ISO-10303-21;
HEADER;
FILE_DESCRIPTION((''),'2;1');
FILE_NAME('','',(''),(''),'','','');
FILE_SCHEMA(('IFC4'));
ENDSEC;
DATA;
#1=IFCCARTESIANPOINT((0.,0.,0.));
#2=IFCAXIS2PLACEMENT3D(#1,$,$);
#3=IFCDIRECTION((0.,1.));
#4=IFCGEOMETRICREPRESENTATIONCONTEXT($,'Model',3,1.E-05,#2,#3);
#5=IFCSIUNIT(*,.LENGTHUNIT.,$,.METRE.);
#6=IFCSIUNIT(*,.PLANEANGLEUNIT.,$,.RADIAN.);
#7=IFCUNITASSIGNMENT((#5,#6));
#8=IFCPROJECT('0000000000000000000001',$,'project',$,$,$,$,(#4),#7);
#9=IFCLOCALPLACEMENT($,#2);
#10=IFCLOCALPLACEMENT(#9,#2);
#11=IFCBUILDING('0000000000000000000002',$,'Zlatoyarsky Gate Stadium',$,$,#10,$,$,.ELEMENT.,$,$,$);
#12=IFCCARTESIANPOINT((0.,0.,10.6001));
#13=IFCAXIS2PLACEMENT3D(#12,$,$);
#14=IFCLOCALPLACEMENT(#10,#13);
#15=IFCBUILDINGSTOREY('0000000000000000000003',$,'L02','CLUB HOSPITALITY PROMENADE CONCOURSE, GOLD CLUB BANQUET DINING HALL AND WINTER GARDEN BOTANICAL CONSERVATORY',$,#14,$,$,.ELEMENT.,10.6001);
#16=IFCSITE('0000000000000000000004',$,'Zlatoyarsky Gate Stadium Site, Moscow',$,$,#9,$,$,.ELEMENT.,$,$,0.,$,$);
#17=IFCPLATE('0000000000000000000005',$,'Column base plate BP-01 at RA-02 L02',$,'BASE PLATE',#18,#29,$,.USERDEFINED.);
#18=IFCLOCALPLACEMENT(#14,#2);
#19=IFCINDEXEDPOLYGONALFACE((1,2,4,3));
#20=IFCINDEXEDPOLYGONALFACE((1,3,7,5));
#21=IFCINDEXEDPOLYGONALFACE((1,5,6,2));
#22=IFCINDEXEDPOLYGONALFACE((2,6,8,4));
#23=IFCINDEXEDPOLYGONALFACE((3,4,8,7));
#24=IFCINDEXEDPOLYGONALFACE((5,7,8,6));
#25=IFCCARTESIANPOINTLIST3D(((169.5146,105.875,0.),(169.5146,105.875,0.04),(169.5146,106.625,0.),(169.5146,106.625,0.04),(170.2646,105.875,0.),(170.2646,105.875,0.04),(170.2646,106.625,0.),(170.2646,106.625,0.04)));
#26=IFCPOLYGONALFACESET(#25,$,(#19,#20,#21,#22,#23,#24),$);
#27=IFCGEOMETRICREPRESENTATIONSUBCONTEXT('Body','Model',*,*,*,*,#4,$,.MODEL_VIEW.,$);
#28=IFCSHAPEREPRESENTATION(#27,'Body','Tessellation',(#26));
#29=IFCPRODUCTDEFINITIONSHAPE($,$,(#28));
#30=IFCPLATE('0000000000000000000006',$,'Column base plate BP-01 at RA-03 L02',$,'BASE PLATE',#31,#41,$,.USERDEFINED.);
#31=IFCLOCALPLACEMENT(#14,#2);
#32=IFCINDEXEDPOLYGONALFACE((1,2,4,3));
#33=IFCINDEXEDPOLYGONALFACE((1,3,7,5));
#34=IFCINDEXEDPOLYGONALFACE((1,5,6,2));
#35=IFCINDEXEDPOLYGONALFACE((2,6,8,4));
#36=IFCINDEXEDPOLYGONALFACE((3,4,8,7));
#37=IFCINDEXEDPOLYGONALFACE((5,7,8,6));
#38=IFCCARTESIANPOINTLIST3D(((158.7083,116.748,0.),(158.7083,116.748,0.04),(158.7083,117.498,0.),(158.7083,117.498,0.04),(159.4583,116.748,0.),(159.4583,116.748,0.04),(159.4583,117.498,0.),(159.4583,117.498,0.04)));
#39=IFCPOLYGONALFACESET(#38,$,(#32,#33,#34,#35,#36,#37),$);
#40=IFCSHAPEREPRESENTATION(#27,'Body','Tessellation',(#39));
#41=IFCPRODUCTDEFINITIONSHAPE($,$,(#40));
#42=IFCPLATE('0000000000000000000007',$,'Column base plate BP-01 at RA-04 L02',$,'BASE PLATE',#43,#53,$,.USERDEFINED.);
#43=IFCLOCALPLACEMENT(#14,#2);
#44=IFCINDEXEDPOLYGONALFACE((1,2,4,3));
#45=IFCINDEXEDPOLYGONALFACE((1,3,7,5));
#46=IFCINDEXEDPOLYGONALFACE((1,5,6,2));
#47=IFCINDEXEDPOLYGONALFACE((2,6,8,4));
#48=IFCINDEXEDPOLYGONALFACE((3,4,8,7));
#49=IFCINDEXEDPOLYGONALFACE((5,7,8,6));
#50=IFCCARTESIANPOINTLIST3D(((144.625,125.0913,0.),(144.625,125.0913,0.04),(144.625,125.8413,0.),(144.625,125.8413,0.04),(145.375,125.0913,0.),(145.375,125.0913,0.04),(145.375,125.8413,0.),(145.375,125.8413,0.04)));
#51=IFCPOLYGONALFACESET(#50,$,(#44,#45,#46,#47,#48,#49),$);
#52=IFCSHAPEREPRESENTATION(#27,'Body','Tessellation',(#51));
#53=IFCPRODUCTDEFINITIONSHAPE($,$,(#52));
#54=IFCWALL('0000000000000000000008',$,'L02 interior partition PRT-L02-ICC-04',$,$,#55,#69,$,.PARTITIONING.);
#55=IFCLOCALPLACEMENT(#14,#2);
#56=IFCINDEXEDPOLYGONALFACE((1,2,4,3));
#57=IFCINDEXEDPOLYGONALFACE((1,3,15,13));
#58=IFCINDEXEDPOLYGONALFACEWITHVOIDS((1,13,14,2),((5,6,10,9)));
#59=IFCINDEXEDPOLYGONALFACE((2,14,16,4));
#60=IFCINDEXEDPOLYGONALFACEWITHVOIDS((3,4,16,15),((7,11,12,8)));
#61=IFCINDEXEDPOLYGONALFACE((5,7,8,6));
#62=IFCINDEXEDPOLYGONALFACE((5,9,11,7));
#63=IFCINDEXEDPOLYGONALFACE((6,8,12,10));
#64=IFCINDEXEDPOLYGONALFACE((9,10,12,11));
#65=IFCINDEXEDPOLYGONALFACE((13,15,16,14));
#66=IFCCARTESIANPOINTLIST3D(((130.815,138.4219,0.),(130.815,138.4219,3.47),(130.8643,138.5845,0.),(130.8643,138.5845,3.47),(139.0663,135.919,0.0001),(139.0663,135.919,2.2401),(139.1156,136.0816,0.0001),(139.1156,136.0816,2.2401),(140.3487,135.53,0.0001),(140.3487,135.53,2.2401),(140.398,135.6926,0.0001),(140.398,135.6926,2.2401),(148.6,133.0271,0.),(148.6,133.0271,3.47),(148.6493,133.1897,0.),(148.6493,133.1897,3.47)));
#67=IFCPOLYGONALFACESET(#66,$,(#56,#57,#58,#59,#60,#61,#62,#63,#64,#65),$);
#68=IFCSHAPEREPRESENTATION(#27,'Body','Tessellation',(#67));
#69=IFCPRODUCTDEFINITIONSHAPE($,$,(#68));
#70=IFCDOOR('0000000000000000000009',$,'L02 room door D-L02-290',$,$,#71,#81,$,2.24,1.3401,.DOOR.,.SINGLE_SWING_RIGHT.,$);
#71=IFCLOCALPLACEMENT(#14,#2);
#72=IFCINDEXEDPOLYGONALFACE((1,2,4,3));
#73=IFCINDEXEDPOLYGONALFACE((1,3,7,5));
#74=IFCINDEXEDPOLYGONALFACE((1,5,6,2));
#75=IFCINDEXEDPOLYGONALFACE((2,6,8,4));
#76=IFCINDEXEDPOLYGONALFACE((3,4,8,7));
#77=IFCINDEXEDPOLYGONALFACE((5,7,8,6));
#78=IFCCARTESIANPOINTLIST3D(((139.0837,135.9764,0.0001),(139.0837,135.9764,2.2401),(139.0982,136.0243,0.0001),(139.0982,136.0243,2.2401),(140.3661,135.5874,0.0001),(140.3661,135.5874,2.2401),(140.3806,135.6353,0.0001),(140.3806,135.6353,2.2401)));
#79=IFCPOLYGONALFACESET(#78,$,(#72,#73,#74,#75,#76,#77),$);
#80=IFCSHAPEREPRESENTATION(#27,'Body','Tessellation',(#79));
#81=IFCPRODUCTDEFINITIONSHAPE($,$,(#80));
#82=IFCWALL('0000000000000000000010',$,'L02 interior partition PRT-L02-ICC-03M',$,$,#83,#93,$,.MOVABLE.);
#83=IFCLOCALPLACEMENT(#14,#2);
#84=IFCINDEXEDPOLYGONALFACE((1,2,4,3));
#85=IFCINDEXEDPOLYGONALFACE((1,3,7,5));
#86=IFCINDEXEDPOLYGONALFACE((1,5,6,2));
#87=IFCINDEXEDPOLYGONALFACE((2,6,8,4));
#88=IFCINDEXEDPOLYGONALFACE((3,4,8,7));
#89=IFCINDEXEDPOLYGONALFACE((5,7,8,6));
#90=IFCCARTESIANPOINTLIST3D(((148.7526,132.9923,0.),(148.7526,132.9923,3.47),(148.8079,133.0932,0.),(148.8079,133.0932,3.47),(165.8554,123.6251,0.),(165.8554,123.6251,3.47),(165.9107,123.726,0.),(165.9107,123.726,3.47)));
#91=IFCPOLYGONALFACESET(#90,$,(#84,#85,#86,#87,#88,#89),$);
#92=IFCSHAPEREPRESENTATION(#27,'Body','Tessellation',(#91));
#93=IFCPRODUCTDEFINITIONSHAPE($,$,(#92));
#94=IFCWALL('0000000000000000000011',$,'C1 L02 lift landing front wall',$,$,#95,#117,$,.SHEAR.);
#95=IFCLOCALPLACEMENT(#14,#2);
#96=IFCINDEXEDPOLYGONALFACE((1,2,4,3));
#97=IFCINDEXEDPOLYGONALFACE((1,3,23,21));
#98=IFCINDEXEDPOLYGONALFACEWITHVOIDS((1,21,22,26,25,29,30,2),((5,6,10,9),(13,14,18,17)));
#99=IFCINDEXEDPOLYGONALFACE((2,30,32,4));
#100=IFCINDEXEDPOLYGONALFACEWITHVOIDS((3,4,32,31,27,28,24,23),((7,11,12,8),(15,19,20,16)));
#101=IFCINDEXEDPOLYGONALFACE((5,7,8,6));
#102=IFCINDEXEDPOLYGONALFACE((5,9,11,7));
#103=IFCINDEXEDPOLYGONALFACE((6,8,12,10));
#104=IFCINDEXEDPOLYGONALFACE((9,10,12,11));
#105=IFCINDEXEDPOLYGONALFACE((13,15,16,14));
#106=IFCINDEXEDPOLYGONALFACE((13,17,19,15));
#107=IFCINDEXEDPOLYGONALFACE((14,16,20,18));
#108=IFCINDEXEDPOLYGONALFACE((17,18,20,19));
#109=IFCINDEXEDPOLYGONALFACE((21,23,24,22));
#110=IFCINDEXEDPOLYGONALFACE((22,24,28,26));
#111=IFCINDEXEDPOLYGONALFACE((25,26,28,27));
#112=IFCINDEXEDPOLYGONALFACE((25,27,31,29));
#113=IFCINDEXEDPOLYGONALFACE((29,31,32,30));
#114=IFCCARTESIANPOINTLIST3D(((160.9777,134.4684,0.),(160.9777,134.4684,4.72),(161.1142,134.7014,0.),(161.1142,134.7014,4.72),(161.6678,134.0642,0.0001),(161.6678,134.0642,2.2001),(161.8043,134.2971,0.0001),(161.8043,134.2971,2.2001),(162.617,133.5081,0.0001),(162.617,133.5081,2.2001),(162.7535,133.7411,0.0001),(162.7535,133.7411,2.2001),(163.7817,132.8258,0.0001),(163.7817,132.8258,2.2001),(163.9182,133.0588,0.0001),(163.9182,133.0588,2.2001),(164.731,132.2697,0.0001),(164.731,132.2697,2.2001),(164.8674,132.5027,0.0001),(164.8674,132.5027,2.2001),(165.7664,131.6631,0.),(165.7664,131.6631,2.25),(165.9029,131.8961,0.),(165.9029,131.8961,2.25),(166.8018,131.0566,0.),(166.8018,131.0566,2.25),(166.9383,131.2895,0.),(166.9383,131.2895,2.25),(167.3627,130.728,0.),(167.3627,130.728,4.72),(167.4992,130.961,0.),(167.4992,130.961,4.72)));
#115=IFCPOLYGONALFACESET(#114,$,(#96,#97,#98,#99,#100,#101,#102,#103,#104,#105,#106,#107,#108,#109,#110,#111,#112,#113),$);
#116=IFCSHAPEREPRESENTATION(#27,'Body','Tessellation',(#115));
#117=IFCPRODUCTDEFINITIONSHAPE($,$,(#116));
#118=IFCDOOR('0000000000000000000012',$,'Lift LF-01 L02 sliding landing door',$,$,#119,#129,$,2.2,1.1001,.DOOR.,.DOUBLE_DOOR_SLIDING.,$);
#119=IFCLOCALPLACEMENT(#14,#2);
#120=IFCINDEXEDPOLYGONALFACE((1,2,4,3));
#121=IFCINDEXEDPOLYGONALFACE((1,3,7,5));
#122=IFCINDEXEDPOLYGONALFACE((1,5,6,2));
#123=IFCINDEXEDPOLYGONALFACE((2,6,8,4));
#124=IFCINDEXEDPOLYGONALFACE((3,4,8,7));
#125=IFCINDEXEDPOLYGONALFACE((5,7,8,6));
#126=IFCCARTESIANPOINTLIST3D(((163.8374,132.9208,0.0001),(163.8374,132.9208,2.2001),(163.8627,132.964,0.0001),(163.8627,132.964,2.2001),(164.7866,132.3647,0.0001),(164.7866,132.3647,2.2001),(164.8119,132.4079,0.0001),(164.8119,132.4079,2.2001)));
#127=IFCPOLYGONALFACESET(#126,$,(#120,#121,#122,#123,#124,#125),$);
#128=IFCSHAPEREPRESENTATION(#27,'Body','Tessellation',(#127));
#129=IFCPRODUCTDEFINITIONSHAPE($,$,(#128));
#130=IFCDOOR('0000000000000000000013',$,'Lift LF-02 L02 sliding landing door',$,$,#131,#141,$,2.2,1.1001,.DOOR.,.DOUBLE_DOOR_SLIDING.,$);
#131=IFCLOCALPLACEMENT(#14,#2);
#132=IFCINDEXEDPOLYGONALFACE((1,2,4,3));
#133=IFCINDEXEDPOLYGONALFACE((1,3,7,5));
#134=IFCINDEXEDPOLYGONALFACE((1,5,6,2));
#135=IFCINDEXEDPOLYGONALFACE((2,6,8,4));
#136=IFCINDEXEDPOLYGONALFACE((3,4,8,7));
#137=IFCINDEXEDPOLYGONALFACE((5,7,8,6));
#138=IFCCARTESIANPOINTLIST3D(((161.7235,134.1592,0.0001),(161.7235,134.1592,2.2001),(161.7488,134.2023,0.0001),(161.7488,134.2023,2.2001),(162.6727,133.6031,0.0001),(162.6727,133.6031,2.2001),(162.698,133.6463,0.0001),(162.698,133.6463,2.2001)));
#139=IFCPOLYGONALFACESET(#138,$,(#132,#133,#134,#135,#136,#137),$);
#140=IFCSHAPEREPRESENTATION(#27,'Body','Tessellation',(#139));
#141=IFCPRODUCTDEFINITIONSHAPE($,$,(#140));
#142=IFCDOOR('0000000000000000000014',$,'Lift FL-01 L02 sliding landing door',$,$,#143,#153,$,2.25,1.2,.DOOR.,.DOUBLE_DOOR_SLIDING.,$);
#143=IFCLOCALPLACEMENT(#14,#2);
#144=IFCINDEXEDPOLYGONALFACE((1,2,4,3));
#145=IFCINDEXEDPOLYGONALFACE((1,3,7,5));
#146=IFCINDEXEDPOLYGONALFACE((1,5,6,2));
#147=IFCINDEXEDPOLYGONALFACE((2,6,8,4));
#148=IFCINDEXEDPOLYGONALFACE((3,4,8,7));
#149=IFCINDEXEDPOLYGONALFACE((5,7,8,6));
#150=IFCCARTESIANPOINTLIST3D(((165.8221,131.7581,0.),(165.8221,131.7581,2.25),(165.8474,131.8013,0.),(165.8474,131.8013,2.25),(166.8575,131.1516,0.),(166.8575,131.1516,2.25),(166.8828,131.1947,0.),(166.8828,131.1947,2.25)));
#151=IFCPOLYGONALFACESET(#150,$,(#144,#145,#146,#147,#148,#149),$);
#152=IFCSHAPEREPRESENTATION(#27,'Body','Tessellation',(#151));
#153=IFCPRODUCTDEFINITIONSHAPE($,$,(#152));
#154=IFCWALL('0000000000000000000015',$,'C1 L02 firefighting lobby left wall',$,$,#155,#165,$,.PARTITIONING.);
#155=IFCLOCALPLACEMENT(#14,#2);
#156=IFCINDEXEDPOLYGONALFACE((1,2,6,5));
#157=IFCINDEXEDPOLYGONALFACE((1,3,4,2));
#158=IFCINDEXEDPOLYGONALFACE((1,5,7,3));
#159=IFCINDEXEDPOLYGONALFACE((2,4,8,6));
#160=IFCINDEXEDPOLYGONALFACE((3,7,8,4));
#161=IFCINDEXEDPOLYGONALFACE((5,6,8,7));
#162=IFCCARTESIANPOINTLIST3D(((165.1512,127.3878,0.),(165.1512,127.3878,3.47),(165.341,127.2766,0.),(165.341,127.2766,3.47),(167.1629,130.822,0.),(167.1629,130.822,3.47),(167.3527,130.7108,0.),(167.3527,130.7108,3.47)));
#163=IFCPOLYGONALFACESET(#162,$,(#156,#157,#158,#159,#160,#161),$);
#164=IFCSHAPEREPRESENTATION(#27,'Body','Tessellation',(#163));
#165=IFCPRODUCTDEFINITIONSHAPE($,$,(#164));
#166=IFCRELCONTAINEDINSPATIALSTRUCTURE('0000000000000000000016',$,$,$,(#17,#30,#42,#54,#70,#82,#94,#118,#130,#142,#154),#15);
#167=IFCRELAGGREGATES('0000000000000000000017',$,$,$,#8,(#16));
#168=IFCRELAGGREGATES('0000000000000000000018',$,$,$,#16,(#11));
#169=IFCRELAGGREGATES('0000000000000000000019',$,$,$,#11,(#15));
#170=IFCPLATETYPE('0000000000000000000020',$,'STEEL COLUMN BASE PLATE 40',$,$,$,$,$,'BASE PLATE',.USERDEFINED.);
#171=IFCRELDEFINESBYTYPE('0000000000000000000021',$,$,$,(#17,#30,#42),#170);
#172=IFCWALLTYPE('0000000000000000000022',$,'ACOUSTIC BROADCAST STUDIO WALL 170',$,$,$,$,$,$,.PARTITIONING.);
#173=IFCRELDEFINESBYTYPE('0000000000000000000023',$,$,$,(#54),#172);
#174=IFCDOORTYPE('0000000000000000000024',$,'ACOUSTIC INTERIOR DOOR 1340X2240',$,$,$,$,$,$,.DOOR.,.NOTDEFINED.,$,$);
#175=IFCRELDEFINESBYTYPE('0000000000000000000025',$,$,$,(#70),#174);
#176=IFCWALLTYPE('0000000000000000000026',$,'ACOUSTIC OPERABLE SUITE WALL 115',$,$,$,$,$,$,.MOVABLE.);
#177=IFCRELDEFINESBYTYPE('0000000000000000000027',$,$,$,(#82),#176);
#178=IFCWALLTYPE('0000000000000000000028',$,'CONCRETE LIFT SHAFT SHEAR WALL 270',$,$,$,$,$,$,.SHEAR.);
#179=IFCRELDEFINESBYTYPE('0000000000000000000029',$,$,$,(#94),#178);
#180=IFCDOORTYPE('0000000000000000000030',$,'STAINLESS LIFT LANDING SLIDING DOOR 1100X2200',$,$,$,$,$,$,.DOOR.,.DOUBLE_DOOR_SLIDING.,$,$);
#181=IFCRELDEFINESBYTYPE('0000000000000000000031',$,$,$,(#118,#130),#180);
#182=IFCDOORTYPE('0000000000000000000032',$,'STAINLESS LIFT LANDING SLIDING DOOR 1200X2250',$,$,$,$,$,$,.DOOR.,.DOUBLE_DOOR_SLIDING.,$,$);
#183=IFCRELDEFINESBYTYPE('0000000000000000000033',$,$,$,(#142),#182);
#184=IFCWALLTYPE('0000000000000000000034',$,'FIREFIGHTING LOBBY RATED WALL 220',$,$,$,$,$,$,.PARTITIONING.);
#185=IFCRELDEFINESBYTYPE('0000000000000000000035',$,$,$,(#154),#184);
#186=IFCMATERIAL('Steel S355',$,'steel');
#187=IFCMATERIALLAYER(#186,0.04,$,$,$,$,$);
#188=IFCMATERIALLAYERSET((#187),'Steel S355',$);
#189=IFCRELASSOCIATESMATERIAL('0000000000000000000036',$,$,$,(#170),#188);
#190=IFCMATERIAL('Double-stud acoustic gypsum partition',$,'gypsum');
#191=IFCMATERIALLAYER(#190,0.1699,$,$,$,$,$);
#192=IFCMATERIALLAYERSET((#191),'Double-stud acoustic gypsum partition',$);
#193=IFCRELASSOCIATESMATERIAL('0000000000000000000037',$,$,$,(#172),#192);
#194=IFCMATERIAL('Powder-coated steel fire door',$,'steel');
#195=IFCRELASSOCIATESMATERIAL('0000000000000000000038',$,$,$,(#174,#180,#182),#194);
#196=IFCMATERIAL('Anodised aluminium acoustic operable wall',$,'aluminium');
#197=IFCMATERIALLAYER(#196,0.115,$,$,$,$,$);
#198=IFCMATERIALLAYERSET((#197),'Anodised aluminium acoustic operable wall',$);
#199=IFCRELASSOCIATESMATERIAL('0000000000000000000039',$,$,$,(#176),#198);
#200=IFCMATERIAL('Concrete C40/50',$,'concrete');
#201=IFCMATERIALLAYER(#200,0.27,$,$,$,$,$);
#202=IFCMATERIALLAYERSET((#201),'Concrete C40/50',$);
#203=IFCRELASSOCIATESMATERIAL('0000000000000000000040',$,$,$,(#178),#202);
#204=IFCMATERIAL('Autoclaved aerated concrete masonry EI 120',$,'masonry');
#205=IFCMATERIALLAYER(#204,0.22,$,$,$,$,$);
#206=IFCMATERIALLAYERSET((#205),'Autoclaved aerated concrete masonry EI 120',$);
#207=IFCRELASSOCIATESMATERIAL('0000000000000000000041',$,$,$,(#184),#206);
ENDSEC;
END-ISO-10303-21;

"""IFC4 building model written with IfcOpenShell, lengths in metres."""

from ifc_helpers import new_model, si_unit, direction, frame, frame_2d, origin, origin_2d, place, context, subcontext, project, spatial, rectangle, extrude, material, layer, layer_set, type_object, element, fill, save


model = new_model("IFC4")

# Units and contexts
model_context = context("Model", 3, precision=1e-05, world=origin(), true_north=direction((0.0, 1.0)))
body_context = subcontext(model_context, "Body", "Model", "MODEL_VIEW")
ifc_project = project(units=[si_unit("LENGTHUNIT", "METRE"), si_unit("PLANEANGLEUNIT", "RADIAN")], contexts=[model_context])

# Site, building, storey
site_placement = place(None, origin())
site = spatial("IfcSite", under=ifc_project, at=site_placement, Name="Zlatoyarsky Gate Stadium Site, Moscow", CompositionType="ELEMENT", RefElevation=0.0)
building_placement = place(site_placement, origin())
building = spatial("IfcBuilding", under=site, at=building_placement, Name="Zlatoyarsky Gate Stadium", CompositionType="ELEMENT")
storey_placement = place(building_placement, frame((0.0, 0.0, 10.6001)))
storey = spatial("IfcBuildingStorey", under=building, at=storey_placement, Name="L02", Description="CLUB HOSPITALITY PROMENADE CONCOURSE, GOLD CLUB BANQUET DINING HALL AND WINTER GARDEN BOTANICAL CONSERVATORY", CompositionType="ELEMENT", Elevation=10.6001)

# Shared definitions
ifc_material_1 = material(Name="Concrete C40/50", Category="concrete")
ifc_material_2 = material(Name="Steel S355", Category="steel")

# Plates
ifc_layer_1 = layer(ifc_material_2, 0.04)
ifc_layer_set_1 = layer_set([ifc_layer_1], Name="Steel S355")
plate_type = type_object("IfcPlateType", Name="STEEL COLUMN BASE PLATE 40", ElementType="BASE PLATE", PredefinedType="USERDEFINED", material=ifc_layer_set_1)
for number, where, z_axis, x_axis, name in (
    (1, (169.8896, 106.25, 0.0), (0.0, 0.0, 1.0), (1.0, 0.0, 0.0), "Column base plate BP-01 at RA-02 L02"),
    (2, (159.0833, 117.123, 0.0), (0.0, 0.0, 1.0), (1.0, 0.0, 0.0), "Column base plate BP-01 at RA-03 L02"),
    (3, (145.0, 125.4663, 0.0), (0.0, 0.0, 1.0), (1.0, 0.0, 0.0), "Column base plate BP-01 at RA-04 L02"),
):
    element("IfcPlate", number, at=place(storey_placement, frame(where, z_axis=z_axis, x_axis=x_axis)), inside=storey, type_object=plate_type, Name=name, ObjectType="BASE PLATE", PredefinedType="USERDEFINED", context=body_context, shape_type="SweptSolid", body=[
        extrude(rectangle(XDim=0.75, YDim=0.75, at=origin_2d()), origin(), (0.0, 0.0, 1.0), 0.04),
    ])

# Wall, opening, door
ifc_material_3 = material(Name="Double-stud acoustic gypsum partition", Category="gypsum")
ifc_layer_2 = layer(ifc_material_3, 0.1699)
ifc_layer_set_2 = layer_set([ifc_layer_2], Name="Double-stud acoustic gypsum partition")
wall_type_1 = type_object("IfcWallType", Name="ACOUSTIC BROADCAST STUDIO WALL 170", PredefinedType="PARTITIONING", material=ifc_layer_set_2)
wall_1_placement = place(storey_placement, frame((148.6245, 133.1084, 0.0), z_axis=(0.0, 0.0, 1.0), x_axis=(-0.956944, 0.290274, 0.0)))
wall_1 = element("IfcWall", 4, at=wall_1_placement, inside=storey, type_object=wall_type_1, Name="L02 interior partition PRT-L02-ICC-04", PredefinedType="PARTITIONING", context=body_context, shape_type="SweptSolid", body=[
    extrude(rectangle(XDim=18.5852, YDim=0.1699, at=frame_2d((9.2925, 0.0))), origin(), (0.0, 0.0, 1.0), 3.47),
])
opening_1_placement = place(wall_1_placement, frame((8.6226, 0.0, 0.0)))
opening_1 = element("IfcOpeningElement", 5, at=opening_1_placement, cuts=wall_1, PredefinedType="OPENING", context=body_context, shape_type="SweptSolid", body=[
    extrude(rectangle(XDim=1.3401, YDim=2.24, at=frame_2d((0.6699, 1.1201))), frame((0.0, 0.095, 0.0), z_axis=(0.0, -1.0, 0.0), x_axis=(1.0, 0.0, 0.0)), (0.0, 0.0, 1.0), 0.1899),
])
ifc_material_4 = material(Name="Powder-coated steel fire door", Category="steel")
door_type_1 = type_object("IfcDoorType", Name="ACOUSTIC INTERIOR DOOR 1340X2240", OperationType="NOTDEFINED", PredefinedType="DOOR", material=ifc_material_4)
door_1_placement = place(opening_1_placement, origin())
door_1 = element("IfcDoor", 6, at=door_1_placement, inside=storey, type_object=door_type_1, Name="L02 room door D-L02-290", OperationType="SINGLE_SWING_RIGHT", OverallHeight=2.24, OverallWidth=1.3401, PredefinedType="DOOR", context=body_context, shape_type="SweptSolid", body=[
    extrude(rectangle(XDim=1.3401, YDim=2.24, at=frame_2d((0.6699, 1.1201))), frame((0.0, 0.0249, 0.0), z_axis=(0.0, -1.0, 0.0), x_axis=(1.0, 0.0, 0.0)), (0.0, 0.0, 1.0), 0.05),
])
fill(opening_1, door_1)

# Wall
ifc_material_5 = material(Name="Anodised aluminium acoustic operable wall", Category="aluminium")
ifc_layer_3 = layer(ifc_material_5, 0.115)
ifc_layer_set_3 = layer_set([ifc_layer_3], Name="Anodised aluminium acoustic operable wall")
wall_type_2 = type_object("IfcWallType", Name="ACOUSTIC OPERABLE SUITE WALL 115", PredefinedType="MOVABLE", material=ifc_layer_set_3)
wall_2_placement = place(storey_placement, frame((165.8831, 123.6755, 0.0), z_axis=(0.0, 0.0, 1.0), x_axis=(-0.877067, 0.480369, 0.0)))
element("IfcWall", 7, at=wall_2_placement, inside=storey, type_object=wall_type_2, Name="L02 interior partition PRT-L02-ICC-03M", PredefinedType="MOVABLE", context=body_context, shape_type="SweptSolid", body=[
    extrude(rectangle(XDim=19.5, YDim=0.115, at=frame_2d((9.75, 0.0))), origin(), (0.0, 0.0, 1.0), 3.47),
])

# Wall, openings, doors
ifc_layer_4 = layer(ifc_material_1, 0.27)
ifc_layer_set_4 = layer_set([ifc_layer_4], Name="Concrete C40/50")
wall_type_3 = type_object("IfcWallType", Name="CONCRETE LIFT SHAFT SHEAR WALL 270", PredefinedType="SHEAR", material=ifc_layer_set_4)
wall_3_placement = place(storey_placement, frame((167.4309, 130.8445, 0.0), z_axis=(0.0, 0.0, 1.0), x_axis=(-0.862843, 0.505472, 0.0)))
wall_3 = element("IfcWall", 8, at=wall_3_placement, inside=storey, type_object=wall_type_3, Name="C1 L02 lift landing front wall", PredefinedType="SHEAR", context=body_context, shape_type="SweptSolid", body=[
    extrude(rectangle(XDim=7.3999, YDim=0.27, at=frame_2d((3.7, 0.0))), origin(), (0.0, 0.0, 1.0), 4.72),
])
opening_2_placement = place(wall_3_placement, frame((0.6499, 0.0, 0.0)))
opening_2 = element("IfcOpeningElement", 9, at=opening_2_placement, cuts=wall_3, PredefinedType="OPENING", context=body_context, shape_type="SweptSolid", body=[
    extrude(rectangle(XDim=1.2, YDim=2.25, at=frame_2d((0.6001, 1.125))), frame((0.0, 0.145, 0.0), z_axis=(0.0, -1.0, 0.0), x_axis=(1.0, 0.0, 0.0)), (0.0, 0.0, 1.0), 0.29),
])
opening_3_placement = place(wall_3_placement, frame((3.05, 0.0, 0.0)))
opening_3 = element("IfcOpeningElement", 10, at=opening_3_placement, cuts=wall_3, PredefinedType="OPENING", context=body_context, shape_type="SweptSolid", body=[
    extrude(rectangle(XDim=1.1001, YDim=2.2, at=frame_2d((0.55, 1.1001))), frame((0.0, 0.145, 0.0), z_axis=(0.0, -1.0, 0.0), x_axis=(1.0, 0.0, 0.0)), (0.0, 0.0, 1.0), 0.29),
])
opening_4_placement = place(wall_3_placement, frame((5.5, 0.0, 0.0)))
opening_4 = element("IfcOpeningElement", 11, at=opening_4_placement, cuts=wall_3, PredefinedType="OPENING", context=body_context, shape_type="SweptSolid", body=[
    extrude(rectangle(XDim=1.1001, YDim=2.2, at=frame_2d((0.55, 1.1001))), frame((0.0, 0.145, 0.0), z_axis=(0.0, -1.0, 0.0), x_axis=(1.0, 0.0, 0.0)), (0.0, 0.0, 1.0), 0.29),
])
door_type_2 = type_object("IfcDoorType", Name="STAINLESS LIFT LANDING SLIDING DOOR 1100X2200", OperationType="DOUBLE_DOOR_SLIDING", PredefinedType="DOOR", material=ifc_material_4)
door_2_placement = place(opening_3_placement, origin())
door_2 = element("IfcDoor", 12, at=door_2_placement, inside=storey, type_object=door_type_2, Name="Lift LF-01 L02 sliding landing door", OperationType="DOUBLE_DOOR_SLIDING", OverallHeight=2.2, OverallWidth=1.1001, PredefinedType="DOOR", context=body_context, shape_type="SweptSolid", body=[
    extrude(rectangle(XDim=1.1001, YDim=2.2, at=frame_2d((0.55, 1.1001))), frame((0.0, 0.0249, 0.0), z_axis=(0.0, -1.0, 0.0), x_axis=(1.0, 0.0, 0.0)), (0.0, 0.0, 1.0), 0.05),
])
fill(opening_3, door_2)
door_3_placement = place(opening_4_placement, origin())
door_3 = element("IfcDoor", 13, at=door_3_placement, inside=storey, type_object=door_type_2, Name="Lift LF-02 L02 sliding landing door", OperationType="DOUBLE_DOOR_SLIDING", OverallHeight=2.2, OverallWidth=1.1001, PredefinedType="DOOR", context=body_context, shape_type="SweptSolid", body=[
    extrude(rectangle(XDim=1.1001, YDim=2.2, at=frame_2d((0.55, 1.1001))), frame((0.0, 0.0249, 0.0), z_axis=(0.0, -1.0, 0.0), x_axis=(1.0, 0.0, 0.0)), (0.0, 0.0, 1.0), 0.05),
])
fill(opening_4, door_3)
door_type_3 = type_object("IfcDoorType", Name="STAINLESS LIFT LANDING SLIDING DOOR 1200X2250", OperationType="DOUBLE_DOOR_SLIDING", PredefinedType="DOOR", material=ifc_material_4)
door_4_placement = place(opening_2_placement, origin())
door_4 = element("IfcDoor", 14, at=door_4_placement, inside=storey, type_object=door_type_3, Name="Lift FL-01 L02 sliding landing door", OperationType="DOUBLE_DOOR_SLIDING", OverallHeight=2.25, OverallWidth=1.2, PredefinedType="DOOR", context=body_context, shape_type="SweptSolid", body=[
    extrude(rectangle(XDim=1.2, YDim=2.25, at=frame_2d((0.6001, 1.125))), frame((0.0, 0.0249, 0.0), z_axis=(0.0, -1.0, 0.0), x_axis=(1.0, 0.0, 0.0)), (0.0, 0.0, 1.0), 0.05),
])
fill(opening_2, door_4)

# Wall
ifc_material_6 = material(Name="Autoclaved aerated concrete masonry EI 120", Category="masonry")
ifc_layer_5 = layer(ifc_material_6, 0.22)
ifc_layer_set_5 = layer_set([ifc_layer_5], Name="Autoclaved aerated concrete masonry EI 120")
wall_type_4 = type_object("IfcWallType", Name="FIREFIGHTING LOBBY RATED WALL 220", PredefinedType="PARTITIONING", material=ifc_layer_set_5)
wall_4_placement = place(storey_placement, frame((167.2578, 130.7664, 0.0), z_axis=(0.0, 0.0, 1.0), x_axis=(-0.505464, -0.862847, 0.0)))
element("IfcWall", 15, at=wall_4_placement, inside=storey, type_object=wall_type_4, Name="C1 L02 firefighting lobby left wall", PredefinedType="PARTITIONING", context=body_context, shape_type="SweptSolid", body=[
    extrude(rectangle(XDim=3.98, YDim=0.22, at=frame_2d((1.99, 0.0))), origin(), (0.0, 0.0, 1.0), 3.47),
])

save(model, "model.ifc")
